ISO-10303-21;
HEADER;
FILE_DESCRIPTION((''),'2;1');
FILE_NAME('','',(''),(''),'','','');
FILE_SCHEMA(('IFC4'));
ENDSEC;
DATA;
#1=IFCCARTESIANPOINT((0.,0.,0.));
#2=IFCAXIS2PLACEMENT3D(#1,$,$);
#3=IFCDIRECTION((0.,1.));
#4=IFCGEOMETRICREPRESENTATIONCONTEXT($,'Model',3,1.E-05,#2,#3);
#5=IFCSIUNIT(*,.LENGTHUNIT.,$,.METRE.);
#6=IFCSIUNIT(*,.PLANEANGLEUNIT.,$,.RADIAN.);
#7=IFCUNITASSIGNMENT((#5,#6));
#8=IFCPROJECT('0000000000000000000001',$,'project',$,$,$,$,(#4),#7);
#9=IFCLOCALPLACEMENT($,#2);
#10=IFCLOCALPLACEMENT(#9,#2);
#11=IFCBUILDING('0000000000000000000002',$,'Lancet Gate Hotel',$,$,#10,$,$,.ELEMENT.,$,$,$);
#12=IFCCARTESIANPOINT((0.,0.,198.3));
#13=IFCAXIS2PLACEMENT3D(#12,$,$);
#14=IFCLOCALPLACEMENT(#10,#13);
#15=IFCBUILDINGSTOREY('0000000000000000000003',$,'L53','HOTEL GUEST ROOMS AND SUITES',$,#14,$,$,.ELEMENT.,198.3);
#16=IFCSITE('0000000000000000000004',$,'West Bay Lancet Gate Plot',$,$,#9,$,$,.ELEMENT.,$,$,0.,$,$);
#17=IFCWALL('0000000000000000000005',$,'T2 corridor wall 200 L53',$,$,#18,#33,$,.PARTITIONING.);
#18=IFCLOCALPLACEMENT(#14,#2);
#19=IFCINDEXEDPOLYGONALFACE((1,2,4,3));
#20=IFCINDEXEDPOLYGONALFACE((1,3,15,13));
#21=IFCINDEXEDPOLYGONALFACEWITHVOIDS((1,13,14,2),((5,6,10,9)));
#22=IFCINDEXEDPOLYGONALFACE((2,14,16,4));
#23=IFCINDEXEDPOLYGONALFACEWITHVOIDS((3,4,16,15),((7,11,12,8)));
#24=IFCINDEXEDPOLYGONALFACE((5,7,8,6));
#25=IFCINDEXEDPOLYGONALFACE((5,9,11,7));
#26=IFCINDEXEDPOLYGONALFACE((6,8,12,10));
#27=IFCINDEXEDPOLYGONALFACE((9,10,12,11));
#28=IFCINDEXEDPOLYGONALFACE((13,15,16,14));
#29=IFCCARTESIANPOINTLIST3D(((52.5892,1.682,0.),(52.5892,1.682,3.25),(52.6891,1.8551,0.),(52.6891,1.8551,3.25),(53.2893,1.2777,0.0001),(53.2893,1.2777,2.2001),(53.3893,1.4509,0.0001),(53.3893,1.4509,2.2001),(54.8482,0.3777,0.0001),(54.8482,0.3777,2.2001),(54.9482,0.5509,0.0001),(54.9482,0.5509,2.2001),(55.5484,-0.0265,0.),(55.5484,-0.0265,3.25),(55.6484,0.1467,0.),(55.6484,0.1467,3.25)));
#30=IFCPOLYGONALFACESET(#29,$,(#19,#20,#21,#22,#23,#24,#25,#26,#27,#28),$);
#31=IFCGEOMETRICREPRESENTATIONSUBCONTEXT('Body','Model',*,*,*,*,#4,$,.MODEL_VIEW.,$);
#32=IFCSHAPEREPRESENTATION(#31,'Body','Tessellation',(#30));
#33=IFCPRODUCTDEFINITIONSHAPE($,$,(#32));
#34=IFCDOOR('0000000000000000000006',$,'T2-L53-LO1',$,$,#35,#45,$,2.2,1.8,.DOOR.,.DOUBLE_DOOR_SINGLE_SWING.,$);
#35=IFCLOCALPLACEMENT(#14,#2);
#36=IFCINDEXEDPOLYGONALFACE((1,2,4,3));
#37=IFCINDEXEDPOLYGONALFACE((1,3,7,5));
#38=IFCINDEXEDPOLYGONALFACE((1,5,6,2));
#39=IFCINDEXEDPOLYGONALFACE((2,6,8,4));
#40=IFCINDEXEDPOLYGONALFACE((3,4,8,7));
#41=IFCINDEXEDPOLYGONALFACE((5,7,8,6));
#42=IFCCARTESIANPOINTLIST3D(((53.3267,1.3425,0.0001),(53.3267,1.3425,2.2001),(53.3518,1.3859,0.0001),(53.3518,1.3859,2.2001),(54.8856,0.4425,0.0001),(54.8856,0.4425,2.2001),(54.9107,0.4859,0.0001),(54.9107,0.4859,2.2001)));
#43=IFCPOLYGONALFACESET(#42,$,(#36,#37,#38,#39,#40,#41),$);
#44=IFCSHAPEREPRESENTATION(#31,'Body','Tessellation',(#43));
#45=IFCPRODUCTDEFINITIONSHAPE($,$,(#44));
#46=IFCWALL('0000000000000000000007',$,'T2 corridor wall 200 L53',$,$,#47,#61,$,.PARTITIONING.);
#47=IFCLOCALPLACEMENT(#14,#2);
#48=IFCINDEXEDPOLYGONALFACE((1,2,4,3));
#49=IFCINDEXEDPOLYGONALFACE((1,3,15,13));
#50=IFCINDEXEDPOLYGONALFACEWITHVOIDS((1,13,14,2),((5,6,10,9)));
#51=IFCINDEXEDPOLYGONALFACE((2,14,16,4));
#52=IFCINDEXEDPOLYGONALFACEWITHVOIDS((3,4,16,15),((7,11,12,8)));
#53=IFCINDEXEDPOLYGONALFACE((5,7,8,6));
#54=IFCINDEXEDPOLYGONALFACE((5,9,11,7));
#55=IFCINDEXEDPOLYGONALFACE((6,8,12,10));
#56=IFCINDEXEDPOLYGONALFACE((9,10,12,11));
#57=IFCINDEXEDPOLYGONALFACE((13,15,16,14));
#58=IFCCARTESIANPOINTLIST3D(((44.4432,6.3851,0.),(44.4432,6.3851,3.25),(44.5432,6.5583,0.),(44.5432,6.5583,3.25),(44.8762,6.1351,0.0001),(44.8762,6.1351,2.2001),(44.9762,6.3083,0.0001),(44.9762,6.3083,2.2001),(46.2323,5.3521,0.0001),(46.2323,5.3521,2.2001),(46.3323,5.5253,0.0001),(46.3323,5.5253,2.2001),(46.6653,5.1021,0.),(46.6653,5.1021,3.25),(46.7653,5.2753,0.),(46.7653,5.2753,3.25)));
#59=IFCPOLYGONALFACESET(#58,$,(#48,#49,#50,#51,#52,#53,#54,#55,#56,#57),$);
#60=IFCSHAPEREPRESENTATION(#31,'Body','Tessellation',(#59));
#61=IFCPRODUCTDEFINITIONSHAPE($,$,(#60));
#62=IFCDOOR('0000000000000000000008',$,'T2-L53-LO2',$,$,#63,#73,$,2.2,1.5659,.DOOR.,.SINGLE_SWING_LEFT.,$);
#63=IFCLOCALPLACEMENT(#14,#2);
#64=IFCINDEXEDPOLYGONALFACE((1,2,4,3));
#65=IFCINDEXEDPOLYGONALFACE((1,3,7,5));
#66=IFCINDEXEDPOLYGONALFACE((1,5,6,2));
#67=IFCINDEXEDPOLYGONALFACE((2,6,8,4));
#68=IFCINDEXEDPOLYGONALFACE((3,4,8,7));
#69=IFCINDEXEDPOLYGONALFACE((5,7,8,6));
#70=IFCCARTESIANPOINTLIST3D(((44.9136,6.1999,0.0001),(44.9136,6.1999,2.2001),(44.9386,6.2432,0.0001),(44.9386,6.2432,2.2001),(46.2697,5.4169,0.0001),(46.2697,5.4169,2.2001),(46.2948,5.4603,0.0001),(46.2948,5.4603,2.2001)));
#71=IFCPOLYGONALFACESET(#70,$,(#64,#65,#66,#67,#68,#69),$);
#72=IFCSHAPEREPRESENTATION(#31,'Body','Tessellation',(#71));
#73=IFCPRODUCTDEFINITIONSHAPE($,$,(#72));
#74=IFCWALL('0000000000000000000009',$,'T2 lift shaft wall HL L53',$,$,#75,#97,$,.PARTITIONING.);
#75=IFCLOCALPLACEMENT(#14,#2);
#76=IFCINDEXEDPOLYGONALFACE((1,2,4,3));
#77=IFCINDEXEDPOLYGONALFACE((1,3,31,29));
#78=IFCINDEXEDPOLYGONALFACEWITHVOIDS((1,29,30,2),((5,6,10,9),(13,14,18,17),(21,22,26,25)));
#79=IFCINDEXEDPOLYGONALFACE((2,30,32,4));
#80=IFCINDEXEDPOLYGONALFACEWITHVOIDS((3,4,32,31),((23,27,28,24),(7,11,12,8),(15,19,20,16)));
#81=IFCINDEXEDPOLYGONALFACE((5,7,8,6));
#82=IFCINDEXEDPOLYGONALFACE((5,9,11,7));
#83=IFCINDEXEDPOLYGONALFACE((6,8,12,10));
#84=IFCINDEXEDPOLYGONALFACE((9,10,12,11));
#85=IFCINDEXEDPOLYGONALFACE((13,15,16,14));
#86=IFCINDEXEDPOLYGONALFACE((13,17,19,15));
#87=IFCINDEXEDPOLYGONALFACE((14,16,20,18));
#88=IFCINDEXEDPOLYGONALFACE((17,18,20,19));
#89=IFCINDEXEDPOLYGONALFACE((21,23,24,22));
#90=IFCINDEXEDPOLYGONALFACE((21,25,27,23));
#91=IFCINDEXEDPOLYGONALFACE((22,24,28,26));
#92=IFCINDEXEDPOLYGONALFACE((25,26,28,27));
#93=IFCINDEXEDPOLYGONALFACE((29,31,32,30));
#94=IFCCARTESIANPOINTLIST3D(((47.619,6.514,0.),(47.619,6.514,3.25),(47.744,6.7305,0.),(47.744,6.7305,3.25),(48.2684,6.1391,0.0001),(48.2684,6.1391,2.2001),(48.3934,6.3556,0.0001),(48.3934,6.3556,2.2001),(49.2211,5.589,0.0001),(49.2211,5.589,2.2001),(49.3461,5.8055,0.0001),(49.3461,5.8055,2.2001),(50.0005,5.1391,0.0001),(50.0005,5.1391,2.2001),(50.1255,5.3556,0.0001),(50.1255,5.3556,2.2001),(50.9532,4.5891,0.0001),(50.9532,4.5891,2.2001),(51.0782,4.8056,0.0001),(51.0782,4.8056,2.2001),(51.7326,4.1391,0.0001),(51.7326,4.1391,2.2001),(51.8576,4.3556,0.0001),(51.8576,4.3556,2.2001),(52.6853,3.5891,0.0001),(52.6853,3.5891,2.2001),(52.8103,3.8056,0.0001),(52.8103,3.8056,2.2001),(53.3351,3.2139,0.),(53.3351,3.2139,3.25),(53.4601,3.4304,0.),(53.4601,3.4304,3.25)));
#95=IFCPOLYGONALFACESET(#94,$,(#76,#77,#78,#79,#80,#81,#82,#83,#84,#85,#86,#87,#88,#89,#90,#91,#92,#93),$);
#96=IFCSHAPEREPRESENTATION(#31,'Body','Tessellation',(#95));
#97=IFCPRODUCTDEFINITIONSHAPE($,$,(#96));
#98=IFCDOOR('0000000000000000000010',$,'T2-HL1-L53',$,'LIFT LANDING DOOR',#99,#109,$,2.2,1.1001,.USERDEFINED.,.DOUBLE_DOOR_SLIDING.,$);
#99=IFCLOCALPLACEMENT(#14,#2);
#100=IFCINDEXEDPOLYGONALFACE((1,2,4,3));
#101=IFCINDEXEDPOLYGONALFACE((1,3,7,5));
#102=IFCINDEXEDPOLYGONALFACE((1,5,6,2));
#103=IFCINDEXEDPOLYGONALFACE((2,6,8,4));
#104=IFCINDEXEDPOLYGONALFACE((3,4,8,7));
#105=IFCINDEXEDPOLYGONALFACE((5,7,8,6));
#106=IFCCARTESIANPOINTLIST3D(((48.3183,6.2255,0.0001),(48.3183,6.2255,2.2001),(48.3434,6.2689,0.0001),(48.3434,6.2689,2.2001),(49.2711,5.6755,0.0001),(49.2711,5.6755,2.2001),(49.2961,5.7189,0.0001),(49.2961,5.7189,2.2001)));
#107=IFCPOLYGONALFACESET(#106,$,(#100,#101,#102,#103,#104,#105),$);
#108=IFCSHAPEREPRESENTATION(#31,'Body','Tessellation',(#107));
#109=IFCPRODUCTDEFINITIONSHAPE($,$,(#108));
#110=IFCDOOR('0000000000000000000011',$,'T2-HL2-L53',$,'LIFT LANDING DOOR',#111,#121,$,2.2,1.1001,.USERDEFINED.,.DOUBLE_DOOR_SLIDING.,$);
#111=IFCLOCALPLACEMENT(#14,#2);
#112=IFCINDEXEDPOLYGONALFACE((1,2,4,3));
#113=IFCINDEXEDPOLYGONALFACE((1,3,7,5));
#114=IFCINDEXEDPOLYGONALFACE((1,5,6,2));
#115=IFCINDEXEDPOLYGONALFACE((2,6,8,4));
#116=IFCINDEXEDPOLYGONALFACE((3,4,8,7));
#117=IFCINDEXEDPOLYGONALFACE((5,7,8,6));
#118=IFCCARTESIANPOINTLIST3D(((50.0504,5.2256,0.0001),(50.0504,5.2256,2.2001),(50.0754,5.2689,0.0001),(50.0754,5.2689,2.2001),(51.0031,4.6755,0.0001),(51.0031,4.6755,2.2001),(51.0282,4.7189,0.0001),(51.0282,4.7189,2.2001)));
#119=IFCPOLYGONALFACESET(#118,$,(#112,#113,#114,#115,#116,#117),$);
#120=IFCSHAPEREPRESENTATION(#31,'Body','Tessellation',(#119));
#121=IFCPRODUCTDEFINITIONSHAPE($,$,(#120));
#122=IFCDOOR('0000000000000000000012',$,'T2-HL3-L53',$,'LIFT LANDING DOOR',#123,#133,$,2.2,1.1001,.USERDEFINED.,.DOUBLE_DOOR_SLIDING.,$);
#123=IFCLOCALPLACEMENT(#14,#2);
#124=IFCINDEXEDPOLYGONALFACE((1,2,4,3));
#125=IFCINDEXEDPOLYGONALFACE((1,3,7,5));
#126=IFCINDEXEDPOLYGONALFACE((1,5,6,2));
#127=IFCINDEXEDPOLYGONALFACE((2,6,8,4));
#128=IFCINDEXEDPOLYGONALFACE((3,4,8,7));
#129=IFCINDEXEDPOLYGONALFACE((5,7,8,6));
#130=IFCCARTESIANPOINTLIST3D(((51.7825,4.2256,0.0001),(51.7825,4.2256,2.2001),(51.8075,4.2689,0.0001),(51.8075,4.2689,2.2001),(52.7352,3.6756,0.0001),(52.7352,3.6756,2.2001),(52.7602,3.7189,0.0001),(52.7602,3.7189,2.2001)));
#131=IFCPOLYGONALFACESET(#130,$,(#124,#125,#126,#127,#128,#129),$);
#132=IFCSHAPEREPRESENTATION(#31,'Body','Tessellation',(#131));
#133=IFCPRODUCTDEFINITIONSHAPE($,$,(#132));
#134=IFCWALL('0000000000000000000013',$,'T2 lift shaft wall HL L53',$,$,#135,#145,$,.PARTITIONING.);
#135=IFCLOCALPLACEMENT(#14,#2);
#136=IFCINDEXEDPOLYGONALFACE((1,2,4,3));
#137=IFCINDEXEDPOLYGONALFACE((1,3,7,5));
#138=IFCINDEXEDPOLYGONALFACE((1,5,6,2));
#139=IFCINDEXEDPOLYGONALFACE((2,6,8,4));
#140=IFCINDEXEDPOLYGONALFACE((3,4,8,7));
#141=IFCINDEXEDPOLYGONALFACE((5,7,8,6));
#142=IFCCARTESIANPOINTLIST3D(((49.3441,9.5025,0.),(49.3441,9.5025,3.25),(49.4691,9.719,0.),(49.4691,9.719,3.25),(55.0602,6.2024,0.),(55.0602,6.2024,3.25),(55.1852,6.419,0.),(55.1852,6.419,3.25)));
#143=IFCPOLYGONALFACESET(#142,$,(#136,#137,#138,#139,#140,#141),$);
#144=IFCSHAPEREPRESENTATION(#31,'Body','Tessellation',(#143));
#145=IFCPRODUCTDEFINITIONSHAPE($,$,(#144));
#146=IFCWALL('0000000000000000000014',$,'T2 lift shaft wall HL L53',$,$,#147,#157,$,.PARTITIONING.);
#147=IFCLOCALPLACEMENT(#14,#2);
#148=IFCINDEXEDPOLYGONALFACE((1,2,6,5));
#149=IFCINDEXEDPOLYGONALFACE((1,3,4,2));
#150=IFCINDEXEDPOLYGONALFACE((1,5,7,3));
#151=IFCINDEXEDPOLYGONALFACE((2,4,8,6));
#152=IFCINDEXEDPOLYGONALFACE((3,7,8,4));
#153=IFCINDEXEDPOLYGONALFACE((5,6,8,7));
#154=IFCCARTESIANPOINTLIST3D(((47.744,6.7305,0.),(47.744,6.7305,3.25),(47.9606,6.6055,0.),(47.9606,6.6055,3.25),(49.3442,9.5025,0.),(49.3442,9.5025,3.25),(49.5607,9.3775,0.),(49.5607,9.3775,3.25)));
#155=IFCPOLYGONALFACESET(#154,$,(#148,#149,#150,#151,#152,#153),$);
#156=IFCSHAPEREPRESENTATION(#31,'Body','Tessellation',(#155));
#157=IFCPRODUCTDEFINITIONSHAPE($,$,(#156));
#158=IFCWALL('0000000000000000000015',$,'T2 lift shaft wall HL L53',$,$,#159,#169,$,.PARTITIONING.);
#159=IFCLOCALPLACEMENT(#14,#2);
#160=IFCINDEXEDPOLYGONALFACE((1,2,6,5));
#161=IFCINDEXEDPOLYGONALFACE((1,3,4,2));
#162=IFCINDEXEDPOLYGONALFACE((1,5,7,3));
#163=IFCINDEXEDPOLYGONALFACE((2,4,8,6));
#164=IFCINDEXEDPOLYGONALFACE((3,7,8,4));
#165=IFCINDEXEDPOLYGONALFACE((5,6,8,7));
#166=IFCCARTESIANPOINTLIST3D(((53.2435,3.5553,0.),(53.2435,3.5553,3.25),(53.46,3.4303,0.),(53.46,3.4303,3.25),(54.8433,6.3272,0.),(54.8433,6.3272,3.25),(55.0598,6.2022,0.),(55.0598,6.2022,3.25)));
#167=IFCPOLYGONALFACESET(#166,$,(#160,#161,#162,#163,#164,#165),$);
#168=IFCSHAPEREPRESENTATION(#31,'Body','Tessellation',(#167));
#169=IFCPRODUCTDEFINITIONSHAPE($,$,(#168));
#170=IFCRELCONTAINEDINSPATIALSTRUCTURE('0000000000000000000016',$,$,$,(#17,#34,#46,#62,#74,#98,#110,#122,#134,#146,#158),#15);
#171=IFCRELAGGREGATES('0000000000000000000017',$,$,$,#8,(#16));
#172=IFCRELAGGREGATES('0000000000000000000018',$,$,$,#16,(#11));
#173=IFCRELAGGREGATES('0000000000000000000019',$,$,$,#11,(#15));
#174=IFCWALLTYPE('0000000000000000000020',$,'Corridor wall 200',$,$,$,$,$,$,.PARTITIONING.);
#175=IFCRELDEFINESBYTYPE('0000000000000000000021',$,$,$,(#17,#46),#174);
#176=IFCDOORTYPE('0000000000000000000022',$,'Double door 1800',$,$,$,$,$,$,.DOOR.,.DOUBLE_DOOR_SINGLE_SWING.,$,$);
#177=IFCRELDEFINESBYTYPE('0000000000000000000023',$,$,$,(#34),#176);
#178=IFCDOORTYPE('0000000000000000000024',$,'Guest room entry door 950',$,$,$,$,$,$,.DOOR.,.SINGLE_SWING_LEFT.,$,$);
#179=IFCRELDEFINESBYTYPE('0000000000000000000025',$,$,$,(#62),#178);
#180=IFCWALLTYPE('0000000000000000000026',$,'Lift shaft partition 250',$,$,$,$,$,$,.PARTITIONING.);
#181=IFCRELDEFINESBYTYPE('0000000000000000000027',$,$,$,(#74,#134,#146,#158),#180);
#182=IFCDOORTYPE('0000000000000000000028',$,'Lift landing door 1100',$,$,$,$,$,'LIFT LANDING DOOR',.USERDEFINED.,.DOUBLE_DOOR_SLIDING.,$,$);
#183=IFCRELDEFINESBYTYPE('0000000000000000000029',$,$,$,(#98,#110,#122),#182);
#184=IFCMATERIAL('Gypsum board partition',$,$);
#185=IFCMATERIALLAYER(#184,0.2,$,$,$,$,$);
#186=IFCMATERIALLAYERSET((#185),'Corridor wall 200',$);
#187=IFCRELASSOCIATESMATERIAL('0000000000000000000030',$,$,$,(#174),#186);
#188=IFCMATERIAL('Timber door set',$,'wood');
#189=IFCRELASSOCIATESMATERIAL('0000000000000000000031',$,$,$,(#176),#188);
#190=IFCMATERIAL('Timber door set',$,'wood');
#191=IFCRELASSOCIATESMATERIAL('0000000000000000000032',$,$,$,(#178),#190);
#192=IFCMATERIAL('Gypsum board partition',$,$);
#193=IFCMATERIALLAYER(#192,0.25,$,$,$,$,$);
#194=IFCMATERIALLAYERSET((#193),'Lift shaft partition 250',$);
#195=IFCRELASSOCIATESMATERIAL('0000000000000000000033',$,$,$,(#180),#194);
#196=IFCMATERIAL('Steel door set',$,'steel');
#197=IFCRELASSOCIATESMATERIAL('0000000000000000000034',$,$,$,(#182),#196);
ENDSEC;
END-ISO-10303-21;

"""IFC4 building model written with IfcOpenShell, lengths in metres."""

from ifc_helpers import new_model, si_unit, direction, frame, frame_2d, origin, place, context, subcontext, project, spatial, rectangle, extrude, material, layer, layer_set, type_object, element, fill, save


model = new_model("IFC4")

# Units and contexts
model_context = context("Model", 3, precision=1e-05, world=origin(), true_north=direction((0.0, 1.0)))
body_context = subcontext(model_context, "Body", "Model", "MODEL_VIEW")
ifc_project = project(units=[si_unit("LENGTHUNIT", "METRE"), si_unit("PLANEANGLEUNIT", "RADIAN")], contexts=[model_context])

# Site, building, storey
site_placement = place(None, origin())
site = spatial("IfcSite", under=ifc_project, at=site_placement, Name="West Bay Lancet Gate Plot", CompositionType="ELEMENT", RefElevation=0.0)
building_placement = place(site_placement, origin())
building = spatial("IfcBuilding", under=site, at=building_placement, Name="Lancet Gate Hotel", CompositionType="ELEMENT")
storey_placement = place(building_placement, frame((0.0, 0.0, 198.3)))
storey = spatial("IfcBuildingStorey", under=building, at=storey_placement, Name="L53", Description="HOTEL GUEST ROOMS AND SUITES", CompositionType="ELEMENT", Elevation=198.3)

# Walls, openings, doors
ifc_material_1 = material(Name="Gypsum board partition")
ifc_layer_1 = layer(ifc_material_1, 0.2)
ifc_layer_set_1 = layer_set([ifc_layer_1], Name="Corridor wall 200")
wall_type_1 = type_object("IfcWallType", Name="Corridor wall 200", PredefinedType="PARTITIONING", material=ifc_layer_set_1)
wall_1_placement = place(storey_placement, frame((52.6392, 1.7686, 0.0), z_axis=(0.0, 0.0, 1.0), x_axis=(0.866027, -0.499997, 0.0)))
wall_1 = element("IfcWall", 1, at=wall_1_placement, inside=storey, type_object=wall_type_1, Name="T2 corridor wall 200 L53", PredefinedType="PARTITIONING", context=body_context, shape_type="SweptSolid", body=[
    extrude(rectangle(XDim=3.417, YDim=0.2, at=frame_2d((1.7085, 0.0))), origin(), (0.0, 0.0, 1.0), 3.25),
])
opening_1_placement = place(wall_1_placement, frame((0.8086, 0.0, 0.0)))
opening_1 = element("IfcOpeningElement", 2, at=opening_1_placement, cuts=wall_1, PredefinedType="OPENING", context=body_context, shape_type="SweptSolid", body=[
    extrude(rectangle(XDim=1.8, YDim=2.2, at=frame_2d((0.8999, 1.1001))), frame((0.0, 0.1099, 0.0), z_axis=(0.0, -1.0, 0.0), x_axis=(1.0, 0.0, 0.0)), (0.0, 0.0, 1.0), 0.22),
])
ifc_material_2 = material(Name="Timber door set", Category="wood")
door_type_1 = type_object("IfcDoorType", Name="Double door 1800", OperationType="DOUBLE_DOOR_SINGLE_SWING", PredefinedType="DOOR", material=ifc_material_2)
door_1_placement = place(opening_1_placement, origin())
door_1 = element("IfcDoor", 3, at=door_1_placement, inside=storey, type_object=door_type_1, Name="T2-L53-LO1", OperationType="DOUBLE_DOOR_SINGLE_SWING", OverallHeight=2.2, OverallWidth=1.8, PredefinedType="DOOR", context=body_context, shape_type="SweptSolid", body=[
    extrude(rectangle(XDim=1.8, YDim=2.2, at=frame_2d((0.8999, 1.1001))), frame((0.0, 0.0249, 0.0), z_axis=(0.0, -1.0, 0.0), x_axis=(1.0, 0.0, 0.0)), (0.0, 0.0, 1.0), 0.05),
])
fill(opening_1, door_1)
wall_2_placement = place(storey_placement, frame((44.4932, 6.4717, 0.0), z_axis=(0.0, 0.0, 1.0), x_axis=(0.866027, -0.499997, 0.0)))
wall_2 = element("IfcWall", 4, at=wall_2_placement, inside=storey, type_object=wall_type_1, Name="T2 corridor wall 200 L53", PredefinedType="PARTITIONING", context=body_context, shape_type="SweptSolid", body=[
    extrude(rectangle(XDim=2.5659, YDim=0.2, at=frame_2d((1.283, 0.0))), origin(), (0.0, 0.0, 1.0), 3.25),
])
opening_2_placement = place(wall_2_placement, frame((0.5, 0.0, 0.0)))
opening_2 = element("IfcOpeningElement", 5, at=opening_2_placement, cuts=wall_2, PredefinedType="OPENING", context=body_context, shape_type="SweptSolid", body=[
    extrude(rectangle(XDim=1.5659, YDim=2.2, at=frame_2d((0.783, 1.1001))), frame((0.0, 0.1099, 0.0), z_axis=(0.0, -1.0, 0.0), x_axis=(1.0, 0.0, 0.0)), (0.0, 0.0, 1.0), 0.22),
])
ifc_material_3 = material(Name="Timber door set", Category="wood")
door_type_2 = type_object("IfcDoorType", Name="Guest room entry door 950", OperationType="SINGLE_SWING_LEFT", PredefinedType="DOOR", material=ifc_material_3)
door_2_placement = place(opening_2_placement, origin())
door_2 = element("IfcDoor", 6, at=door_2_placement, inside=storey, type_object=door_type_2, Name="T2-L53-LO2", OperationType="SINGLE_SWING_LEFT", OverallHeight=2.2, OverallWidth=1.5659, PredefinedType="DOOR", context=body_context, shape_type="SweptSolid", body=[
    extrude(rectangle(XDim=1.5659, YDim=2.2, at=frame_2d((0.783, 1.1001))), frame((0.0, 0.0249, 0.0), z_axis=(0.0, -1.0, 0.0), x_axis=(1.0, 0.0, 0.0)), (0.0, 0.0, 1.0), 0.05),
])
fill(opening_2, door_2)

# Wall, openings, doors
ifc_material_4 = material(Name="Gypsum board partition")
ifc_layer_2 = layer(ifc_material_4, 0.25)
ifc_layer_set_2 = layer_set([ifc_layer_2], Name="Lift shaft partition 250")
wall_type_2 = type_object("IfcWallType", Name="Lift shaft partition 250", PredefinedType="PARTITIONING", material=ifc_layer_set_2)
wall_3_placement = place(storey_placement, frame((47.6814, 6.6223, 0.0), z_axis=(0.0, 0.0, 1.0), x_axis=(0.866033, -0.499986, 0.0)))
wall_3 = element("IfcWall", 7, at=wall_3_placement, inside=storey, type_object=wall_type_2, Name="T2 lift shaft wall HL L53", PredefinedType="PARTITIONING", context=body_context, shape_type="SweptSolid", body=[
    extrude(rectangle(XDim=6.6003, YDim=0.25, at=frame_2d((3.3003, 0.0))), origin(), (0.0, 0.0, 1.0), 3.25),
])
opening_3_placement = place(wall_3_placement, frame((0.75, 0.0, 0.0)))
opening_3 = element("IfcOpeningElement", 8, at=opening_3_placement, cuts=wall_3, PredefinedType="OPENING", context=body_context, shape_type="SweptSolid", body=[
    extrude(rectangle(XDim=1.1001, YDim=2.2, at=frame_2d((0.55, 1.1001))), frame((0.0, 0.135, 0.0), z_axis=(0.0, -1.0, 0.0), x_axis=(1.0, 0.0, 0.0)), (0.0, 0.0, 1.0), 0.27),
])
opening_4_placement = place(wall_3_placement, frame((2.75, 0.0, 0.0)))
opening_4 = element("IfcOpeningElement", 9, at=opening_4_placement, cuts=wall_3, PredefinedType="OPENING", context=body_context, shape_type="SweptSolid", body=[
    extrude(rectangle(XDim=1.1001, YDim=2.2, at=frame_2d((0.55, 1.1001))), frame((0.0, 0.135, 0.0), z_axis=(0.0, -1.0, 0.0), x_axis=(1.0, 0.0, 0.0)), (0.0, 0.0, 1.0), 0.27),
])
opening_5_placement = place(wall_3_placement, frame((4.75, 0.0, 0.0)))
opening_5 = element("IfcOpeningElement", 10, at=opening_5_placement, cuts=wall_3, PredefinedType="OPENING", context=body_context, shape_type="SweptSolid", body=[
    extrude(rectangle(XDim=1.1001, YDim=2.2, at=frame_2d((0.55, 1.1001))), frame((0.0, 0.135, 0.0), z_axis=(0.0, -1.0, 0.0), x_axis=(1.0, 0.0, 0.0)), (0.0, 0.0, 1.0), 0.27),
])
ifc_material_5 = material(Name="Steel door set", Category="steel")
door_type_3 = type_object("IfcDoorType", Name="Lift landing door 1100", ElementType="LIFT LANDING DOOR", OperationType="DOUBLE_DOOR_SLIDING", PredefinedType="USERDEFINED", material=ifc_material_5)
door_3_placement = place(opening_3_placement, origin())
door_3 = element("IfcDoor", 11, at=door_3_placement, inside=storey, type_object=door_type_3, Name="T2-HL1-L53", ObjectType="LIFT LANDING DOOR", OperationType="DOUBLE_DOOR_SLIDING", OverallHeight=2.2, OverallWidth=1.1001, PredefinedType="USERDEFINED", context=body_context, shape_type="SweptSolid", body=[
    extrude(rectangle(XDim=1.1001, YDim=2.2, at=frame_2d((0.55, 1.1001))), frame((0.0, 0.0249, 0.0), z_axis=(0.0, -1.0, 0.0), x_axis=(1.0, 0.0, 0.0)), (0.0, 0.0, 1.0), 0.05),
])
fill(opening_3, door_3)
door_4_placement = place(opening_4_placement, origin())
door_4 = element("IfcDoor", 12, at=door_4_placement, inside=storey, type_object=door_type_3, Name="T2-HL2-L53", ObjectType="LIFT LANDING DOOR", OperationType="DOUBLE_DOOR_SLIDING", OverallHeight=2.2, OverallWidth=1.1001, PredefinedType="USERDEFINED", context=body_context, shape_type="SweptSolid", body=[
    extrude(rectangle(XDim=1.1001, YDim=2.2, at=frame_2d((0.55, 1.1001))), frame((0.0, 0.0249, 0.0), z_axis=(0.0, -1.0, 0.0), x_axis=(1.0, 0.0, 0.0)), (0.0, 0.0, 1.0), 0.05),
])
fill(opening_4, door_4)
door_5_placement = place(opening_5_placement, origin())
door_5 = element("IfcDoor", 13, at=door_5_placement, inside=storey, type_object=door_type_3, Name="T2-HL3-L53", ObjectType="LIFT LANDING DOOR", OperationType="DOUBLE_DOOR_SLIDING", OverallHeight=2.2, OverallWidth=1.1001, PredefinedType="USERDEFINED", context=body_context, shape_type="SweptSolid", body=[
    extrude(rectangle(XDim=1.1001, YDim=2.2, at=frame_2d((0.55, 1.1001))), frame((0.0, 0.0249, 0.0), z_axis=(0.0, -1.0, 0.0), x_axis=(1.0, 0.0, 0.0)), (0.0, 0.0, 1.0), 0.05),
])
fill(opening_5, door_5)

# Walls
wall_4_placement = place(storey_placement, frame((49.4065, 9.6108, 0.0), z_axis=(0.0, 0.0, 1.0), x_axis=(0.866033, -0.499986, 0.0)))
element("IfcWall", 14, at=wall_4_placement, inside=storey, type_object=wall_type_2, Name="T2 lift shaft wall HL L53", PredefinedType="PARTITIONING", context=body_context, shape_type="SweptSolid", body=[
    extrude(rectangle(XDim=6.6003, YDim=0.25, at=frame_2d((3.3003, 0.0))), origin(), (0.0, 0.0, 1.0), 3.25),
])
wall_5_placement = place(storey_placement, frame((47.8523, 6.668, 0.0), z_axis=(0.0, 0.0, 1.0), x_axis=(0.499929, 0.866066, 0.0)))
element("IfcWall", 15, at=wall_5_placement, inside=storey, type_object=wall_type_2, Name="T2 lift shaft wall HL L53", PredefinedType="PARTITIONING", context=body_context, shape_type="SweptSolid", body=[
    extrude(rectangle(XDim=3.2007, YDim=0.25, at=frame_2d((1.6003, 0.0))), origin(), (0.0, 0.0, 1.0), 3.25),
])
wall_6_placement = place(storey_placement, frame((53.3518, 3.4929, 0.0), z_axis=(0.0, 0.0, 1.0), x_axis=(0.499872, 0.866099, 0.0)))
element("IfcWall", 16, at=wall_6_placement, inside=storey, type_object=wall_type_2, Name="T2 lift shaft wall HL L53", PredefinedType="PARTITIONING", context=body_context, shape_type="SweptSolid", body=[
    extrude(rectangle(XDim=3.2004, YDim=0.25, at=frame_2d((1.6001, 0.0))), origin(), (0.0, 0.0, 1.0), 3.25),
])

save(model, "model.ifc")
